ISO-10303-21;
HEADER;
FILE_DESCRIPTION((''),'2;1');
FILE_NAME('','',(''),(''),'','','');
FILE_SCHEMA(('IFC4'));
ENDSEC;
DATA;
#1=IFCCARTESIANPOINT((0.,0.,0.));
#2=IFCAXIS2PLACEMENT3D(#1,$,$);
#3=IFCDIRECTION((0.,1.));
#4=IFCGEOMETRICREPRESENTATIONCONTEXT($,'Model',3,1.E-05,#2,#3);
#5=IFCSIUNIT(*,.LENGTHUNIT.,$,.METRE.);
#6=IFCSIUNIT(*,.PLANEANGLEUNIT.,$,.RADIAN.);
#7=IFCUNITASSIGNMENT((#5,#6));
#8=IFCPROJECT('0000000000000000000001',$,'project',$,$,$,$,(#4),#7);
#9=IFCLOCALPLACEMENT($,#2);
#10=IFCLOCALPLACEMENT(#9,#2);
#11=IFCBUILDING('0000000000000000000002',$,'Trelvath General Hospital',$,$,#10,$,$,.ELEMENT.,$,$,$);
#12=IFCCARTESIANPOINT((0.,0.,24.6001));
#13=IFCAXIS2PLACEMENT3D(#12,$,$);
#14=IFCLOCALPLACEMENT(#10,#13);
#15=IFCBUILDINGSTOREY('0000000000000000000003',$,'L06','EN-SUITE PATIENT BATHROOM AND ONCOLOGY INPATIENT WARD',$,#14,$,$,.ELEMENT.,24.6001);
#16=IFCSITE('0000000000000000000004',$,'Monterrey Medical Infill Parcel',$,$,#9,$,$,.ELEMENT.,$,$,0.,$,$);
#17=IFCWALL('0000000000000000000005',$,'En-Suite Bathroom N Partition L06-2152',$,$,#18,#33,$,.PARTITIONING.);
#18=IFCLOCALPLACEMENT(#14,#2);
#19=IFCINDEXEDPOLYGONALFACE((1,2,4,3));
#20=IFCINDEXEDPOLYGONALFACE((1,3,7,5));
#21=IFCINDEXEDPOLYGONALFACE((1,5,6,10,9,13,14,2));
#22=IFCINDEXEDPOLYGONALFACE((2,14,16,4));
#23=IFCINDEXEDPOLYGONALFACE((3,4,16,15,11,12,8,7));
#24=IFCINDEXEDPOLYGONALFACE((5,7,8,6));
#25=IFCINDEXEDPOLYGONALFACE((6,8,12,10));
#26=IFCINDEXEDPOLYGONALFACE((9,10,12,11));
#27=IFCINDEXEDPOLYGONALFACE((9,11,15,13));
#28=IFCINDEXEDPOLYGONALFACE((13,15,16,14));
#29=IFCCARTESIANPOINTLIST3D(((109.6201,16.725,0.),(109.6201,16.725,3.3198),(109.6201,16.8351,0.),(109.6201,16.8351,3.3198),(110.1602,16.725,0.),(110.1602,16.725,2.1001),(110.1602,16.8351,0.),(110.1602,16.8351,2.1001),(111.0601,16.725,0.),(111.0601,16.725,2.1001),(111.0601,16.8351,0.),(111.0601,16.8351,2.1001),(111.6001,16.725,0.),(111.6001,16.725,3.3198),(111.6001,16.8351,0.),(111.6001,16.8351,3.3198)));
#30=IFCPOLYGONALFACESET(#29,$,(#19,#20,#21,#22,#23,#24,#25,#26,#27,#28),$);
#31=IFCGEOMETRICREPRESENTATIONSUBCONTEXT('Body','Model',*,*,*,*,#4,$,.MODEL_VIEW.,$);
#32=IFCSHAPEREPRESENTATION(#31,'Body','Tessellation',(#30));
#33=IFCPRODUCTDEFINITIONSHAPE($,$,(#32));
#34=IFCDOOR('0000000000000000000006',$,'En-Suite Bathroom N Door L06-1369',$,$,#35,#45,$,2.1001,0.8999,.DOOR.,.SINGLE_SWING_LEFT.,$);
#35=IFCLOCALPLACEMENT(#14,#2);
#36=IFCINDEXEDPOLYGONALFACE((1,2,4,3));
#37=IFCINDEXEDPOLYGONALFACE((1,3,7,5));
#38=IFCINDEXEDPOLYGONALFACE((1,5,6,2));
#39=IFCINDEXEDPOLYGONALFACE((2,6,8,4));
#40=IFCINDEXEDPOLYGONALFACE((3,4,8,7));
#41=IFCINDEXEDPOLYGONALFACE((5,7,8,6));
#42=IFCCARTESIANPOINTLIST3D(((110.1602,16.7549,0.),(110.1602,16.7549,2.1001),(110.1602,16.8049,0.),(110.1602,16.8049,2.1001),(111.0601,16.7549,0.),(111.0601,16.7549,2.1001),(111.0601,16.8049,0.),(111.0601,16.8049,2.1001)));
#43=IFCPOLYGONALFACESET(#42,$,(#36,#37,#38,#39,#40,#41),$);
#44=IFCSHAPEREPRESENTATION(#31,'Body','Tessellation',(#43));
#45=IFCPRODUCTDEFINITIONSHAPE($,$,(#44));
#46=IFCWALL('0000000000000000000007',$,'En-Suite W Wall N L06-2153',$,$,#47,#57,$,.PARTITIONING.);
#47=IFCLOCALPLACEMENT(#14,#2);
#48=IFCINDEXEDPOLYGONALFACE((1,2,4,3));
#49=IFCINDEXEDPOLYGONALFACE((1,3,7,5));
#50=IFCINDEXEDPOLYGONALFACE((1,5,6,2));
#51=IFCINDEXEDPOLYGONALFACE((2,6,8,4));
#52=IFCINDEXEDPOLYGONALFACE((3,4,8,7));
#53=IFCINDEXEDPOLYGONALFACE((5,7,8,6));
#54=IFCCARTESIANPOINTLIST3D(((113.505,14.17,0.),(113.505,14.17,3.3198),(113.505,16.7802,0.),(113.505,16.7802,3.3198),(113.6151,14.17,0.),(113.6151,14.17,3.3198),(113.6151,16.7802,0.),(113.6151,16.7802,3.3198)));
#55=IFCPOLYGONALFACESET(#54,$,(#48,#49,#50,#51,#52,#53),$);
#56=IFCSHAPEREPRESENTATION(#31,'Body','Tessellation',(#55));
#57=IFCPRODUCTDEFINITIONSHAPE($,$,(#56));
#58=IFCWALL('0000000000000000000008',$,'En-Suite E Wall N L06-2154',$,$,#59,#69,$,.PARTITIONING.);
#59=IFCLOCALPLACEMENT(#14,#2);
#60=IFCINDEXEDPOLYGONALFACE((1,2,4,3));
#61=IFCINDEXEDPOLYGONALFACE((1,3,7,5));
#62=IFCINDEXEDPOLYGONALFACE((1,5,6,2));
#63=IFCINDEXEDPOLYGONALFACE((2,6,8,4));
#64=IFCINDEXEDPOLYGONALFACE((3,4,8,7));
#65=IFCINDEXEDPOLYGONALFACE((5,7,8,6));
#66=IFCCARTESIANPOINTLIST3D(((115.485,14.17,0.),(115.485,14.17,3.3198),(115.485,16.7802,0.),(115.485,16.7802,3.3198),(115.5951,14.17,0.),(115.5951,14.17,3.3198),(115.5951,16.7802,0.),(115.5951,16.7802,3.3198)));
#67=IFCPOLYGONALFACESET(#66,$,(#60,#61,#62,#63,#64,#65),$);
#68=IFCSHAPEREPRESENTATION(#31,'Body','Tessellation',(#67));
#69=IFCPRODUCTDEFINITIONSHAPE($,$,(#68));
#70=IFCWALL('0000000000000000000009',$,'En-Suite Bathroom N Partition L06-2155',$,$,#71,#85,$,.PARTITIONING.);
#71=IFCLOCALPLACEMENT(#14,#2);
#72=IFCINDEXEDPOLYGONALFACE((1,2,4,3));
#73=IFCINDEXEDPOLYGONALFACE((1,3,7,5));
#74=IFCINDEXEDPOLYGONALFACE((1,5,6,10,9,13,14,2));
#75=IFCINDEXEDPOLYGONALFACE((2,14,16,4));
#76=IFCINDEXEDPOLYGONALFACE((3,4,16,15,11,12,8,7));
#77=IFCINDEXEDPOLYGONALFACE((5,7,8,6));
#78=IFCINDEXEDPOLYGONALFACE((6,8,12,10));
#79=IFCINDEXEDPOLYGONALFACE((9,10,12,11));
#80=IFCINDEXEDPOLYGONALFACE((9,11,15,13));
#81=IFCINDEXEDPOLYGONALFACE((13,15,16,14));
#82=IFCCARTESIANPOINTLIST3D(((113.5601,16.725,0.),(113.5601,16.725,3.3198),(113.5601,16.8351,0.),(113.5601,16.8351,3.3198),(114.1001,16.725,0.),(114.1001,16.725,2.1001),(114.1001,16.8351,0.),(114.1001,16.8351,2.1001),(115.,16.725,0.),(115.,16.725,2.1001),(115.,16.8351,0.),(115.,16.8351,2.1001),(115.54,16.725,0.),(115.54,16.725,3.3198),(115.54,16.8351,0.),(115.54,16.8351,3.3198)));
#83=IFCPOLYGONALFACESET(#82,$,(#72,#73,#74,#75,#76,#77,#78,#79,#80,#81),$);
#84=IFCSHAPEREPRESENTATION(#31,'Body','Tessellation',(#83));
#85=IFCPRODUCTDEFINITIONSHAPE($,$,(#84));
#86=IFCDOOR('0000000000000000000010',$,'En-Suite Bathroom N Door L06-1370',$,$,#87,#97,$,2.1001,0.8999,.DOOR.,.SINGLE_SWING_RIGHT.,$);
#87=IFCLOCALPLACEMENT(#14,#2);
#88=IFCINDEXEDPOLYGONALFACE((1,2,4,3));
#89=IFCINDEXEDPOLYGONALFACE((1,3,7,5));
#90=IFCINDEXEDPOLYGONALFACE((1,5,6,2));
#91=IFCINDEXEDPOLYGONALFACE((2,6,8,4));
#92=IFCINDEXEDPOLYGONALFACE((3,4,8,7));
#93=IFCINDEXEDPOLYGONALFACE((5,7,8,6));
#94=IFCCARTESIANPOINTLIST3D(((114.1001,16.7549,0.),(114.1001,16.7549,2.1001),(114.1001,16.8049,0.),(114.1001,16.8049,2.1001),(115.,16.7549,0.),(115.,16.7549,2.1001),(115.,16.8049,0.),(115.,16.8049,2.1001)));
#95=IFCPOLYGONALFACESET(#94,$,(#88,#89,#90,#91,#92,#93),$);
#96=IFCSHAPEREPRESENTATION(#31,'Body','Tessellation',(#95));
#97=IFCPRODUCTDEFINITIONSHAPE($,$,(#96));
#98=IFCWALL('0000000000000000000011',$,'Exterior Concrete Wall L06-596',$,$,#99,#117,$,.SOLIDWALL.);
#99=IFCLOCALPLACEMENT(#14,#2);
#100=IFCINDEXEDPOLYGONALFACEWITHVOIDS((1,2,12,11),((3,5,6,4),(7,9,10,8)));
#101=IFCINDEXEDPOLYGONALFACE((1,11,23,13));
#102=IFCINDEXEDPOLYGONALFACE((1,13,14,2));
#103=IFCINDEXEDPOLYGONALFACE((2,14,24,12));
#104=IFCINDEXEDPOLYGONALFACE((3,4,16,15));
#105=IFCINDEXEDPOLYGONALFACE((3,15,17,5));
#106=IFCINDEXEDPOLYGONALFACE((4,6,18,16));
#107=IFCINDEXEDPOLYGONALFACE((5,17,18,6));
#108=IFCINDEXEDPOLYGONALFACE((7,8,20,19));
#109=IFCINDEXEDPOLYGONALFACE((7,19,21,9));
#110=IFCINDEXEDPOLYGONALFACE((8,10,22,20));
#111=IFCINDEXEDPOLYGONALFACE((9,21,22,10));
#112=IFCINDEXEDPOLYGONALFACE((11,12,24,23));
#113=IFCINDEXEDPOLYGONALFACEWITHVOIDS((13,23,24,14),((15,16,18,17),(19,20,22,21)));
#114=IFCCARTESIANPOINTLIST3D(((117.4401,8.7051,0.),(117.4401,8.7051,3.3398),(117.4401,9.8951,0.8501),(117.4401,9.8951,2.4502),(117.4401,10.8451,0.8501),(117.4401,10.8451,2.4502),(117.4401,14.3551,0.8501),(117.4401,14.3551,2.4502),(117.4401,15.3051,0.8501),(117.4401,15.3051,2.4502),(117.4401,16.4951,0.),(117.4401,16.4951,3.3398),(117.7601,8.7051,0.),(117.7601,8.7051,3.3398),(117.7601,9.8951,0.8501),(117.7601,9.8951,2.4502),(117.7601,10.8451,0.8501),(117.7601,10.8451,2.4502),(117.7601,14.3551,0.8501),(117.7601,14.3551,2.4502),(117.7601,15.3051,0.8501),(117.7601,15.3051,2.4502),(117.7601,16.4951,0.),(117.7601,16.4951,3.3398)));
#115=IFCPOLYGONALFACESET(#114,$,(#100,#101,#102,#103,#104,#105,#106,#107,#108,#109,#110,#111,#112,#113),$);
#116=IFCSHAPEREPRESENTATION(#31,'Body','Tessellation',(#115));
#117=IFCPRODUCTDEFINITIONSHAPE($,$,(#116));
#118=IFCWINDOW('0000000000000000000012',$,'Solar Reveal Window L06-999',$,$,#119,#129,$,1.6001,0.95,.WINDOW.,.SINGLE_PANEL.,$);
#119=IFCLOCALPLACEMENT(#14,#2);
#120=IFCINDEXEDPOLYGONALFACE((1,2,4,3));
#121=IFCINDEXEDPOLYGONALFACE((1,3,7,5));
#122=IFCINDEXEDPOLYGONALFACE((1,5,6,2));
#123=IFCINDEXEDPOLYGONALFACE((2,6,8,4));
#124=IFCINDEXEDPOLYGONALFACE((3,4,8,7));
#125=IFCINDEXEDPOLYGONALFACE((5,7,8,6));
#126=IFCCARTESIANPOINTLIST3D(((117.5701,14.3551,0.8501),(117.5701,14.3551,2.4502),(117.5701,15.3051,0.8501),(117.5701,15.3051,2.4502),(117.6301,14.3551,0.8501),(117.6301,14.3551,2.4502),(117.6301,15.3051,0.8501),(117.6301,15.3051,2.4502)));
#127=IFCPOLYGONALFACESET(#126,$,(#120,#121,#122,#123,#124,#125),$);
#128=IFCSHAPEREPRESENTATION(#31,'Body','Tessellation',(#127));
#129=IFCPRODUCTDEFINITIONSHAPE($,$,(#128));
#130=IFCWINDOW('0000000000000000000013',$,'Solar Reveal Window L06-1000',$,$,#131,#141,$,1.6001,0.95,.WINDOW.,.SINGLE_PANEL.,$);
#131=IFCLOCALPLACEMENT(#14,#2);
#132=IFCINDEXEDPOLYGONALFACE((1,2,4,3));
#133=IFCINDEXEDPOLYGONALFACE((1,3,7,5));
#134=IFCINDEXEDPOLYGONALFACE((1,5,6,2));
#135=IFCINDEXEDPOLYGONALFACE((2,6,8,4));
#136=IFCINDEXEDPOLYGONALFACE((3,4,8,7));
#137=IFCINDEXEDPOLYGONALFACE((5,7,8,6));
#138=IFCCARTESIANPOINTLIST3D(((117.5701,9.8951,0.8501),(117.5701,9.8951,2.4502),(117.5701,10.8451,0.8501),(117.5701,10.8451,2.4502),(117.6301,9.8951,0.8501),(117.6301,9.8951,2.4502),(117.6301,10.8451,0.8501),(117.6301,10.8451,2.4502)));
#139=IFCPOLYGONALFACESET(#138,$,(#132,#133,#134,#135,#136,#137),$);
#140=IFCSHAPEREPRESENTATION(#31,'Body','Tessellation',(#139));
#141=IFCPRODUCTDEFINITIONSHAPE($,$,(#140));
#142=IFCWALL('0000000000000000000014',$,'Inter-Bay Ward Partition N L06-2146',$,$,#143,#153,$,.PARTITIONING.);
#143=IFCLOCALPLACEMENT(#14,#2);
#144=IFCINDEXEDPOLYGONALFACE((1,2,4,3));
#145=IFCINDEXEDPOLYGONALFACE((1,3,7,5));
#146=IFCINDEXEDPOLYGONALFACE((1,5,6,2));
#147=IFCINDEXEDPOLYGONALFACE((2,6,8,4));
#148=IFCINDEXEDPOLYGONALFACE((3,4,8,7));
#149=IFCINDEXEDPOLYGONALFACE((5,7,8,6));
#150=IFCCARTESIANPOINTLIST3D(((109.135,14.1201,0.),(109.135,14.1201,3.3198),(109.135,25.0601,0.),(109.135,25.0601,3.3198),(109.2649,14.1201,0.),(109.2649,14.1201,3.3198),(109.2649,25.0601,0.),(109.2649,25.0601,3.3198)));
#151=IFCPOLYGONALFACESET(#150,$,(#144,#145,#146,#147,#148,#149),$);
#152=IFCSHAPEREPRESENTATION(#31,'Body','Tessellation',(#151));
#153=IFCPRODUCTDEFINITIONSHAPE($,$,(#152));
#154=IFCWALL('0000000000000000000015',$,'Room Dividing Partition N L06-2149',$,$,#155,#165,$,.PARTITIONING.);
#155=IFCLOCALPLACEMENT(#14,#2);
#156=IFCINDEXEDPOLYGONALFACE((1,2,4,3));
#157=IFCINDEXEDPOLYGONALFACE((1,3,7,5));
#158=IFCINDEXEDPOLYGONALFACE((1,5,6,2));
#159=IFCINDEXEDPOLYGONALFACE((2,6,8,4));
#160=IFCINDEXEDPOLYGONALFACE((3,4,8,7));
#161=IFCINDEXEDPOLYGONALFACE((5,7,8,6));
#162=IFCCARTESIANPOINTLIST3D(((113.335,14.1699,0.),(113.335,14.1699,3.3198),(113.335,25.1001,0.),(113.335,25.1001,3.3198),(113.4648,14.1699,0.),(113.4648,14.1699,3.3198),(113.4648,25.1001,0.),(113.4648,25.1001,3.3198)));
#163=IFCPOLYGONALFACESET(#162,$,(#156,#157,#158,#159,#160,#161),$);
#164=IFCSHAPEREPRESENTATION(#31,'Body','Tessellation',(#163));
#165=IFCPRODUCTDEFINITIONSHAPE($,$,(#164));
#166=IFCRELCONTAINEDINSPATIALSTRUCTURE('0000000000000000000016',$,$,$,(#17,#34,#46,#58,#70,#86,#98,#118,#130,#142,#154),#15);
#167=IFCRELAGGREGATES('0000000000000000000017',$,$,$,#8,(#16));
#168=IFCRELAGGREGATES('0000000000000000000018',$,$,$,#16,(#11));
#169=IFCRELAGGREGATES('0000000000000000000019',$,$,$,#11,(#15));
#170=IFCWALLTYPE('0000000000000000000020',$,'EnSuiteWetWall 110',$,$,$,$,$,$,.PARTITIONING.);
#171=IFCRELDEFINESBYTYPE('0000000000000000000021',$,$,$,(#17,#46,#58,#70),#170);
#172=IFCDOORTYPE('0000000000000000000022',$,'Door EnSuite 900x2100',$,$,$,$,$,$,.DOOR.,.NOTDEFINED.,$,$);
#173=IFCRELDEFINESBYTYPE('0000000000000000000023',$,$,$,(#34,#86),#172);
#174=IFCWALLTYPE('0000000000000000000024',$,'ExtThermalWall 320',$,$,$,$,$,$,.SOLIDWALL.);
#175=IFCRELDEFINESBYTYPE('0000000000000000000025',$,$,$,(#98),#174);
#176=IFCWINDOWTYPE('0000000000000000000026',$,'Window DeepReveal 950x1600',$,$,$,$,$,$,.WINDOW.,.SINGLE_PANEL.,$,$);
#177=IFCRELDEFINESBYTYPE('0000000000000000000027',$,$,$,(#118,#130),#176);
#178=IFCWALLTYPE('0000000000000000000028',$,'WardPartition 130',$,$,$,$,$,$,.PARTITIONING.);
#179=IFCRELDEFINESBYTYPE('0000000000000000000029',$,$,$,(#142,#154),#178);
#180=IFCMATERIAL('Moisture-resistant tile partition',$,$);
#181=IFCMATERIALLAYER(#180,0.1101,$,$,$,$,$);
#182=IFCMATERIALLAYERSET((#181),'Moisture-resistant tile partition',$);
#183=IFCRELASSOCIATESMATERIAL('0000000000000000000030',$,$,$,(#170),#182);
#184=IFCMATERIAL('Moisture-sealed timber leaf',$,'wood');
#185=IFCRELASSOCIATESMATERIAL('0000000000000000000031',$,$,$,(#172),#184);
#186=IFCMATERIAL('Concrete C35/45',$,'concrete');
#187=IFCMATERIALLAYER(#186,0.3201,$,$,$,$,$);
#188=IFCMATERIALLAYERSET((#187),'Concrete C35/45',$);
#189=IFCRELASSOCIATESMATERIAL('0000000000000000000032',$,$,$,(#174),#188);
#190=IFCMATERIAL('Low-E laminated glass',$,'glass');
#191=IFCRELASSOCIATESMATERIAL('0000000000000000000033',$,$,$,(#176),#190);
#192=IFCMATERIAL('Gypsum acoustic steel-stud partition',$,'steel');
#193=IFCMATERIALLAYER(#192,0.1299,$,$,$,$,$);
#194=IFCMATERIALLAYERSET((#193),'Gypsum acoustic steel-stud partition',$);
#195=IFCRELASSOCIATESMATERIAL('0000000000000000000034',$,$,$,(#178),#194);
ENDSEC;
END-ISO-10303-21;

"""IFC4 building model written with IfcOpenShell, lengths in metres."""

from ifc_helpers import new_model, si_unit, direction, frame, frame_2d, origin, place, context, subcontext, project, spatial, rectangle, extrude, material, layer, layer_set, type_object, element, fill, save


model = new_model("IFC4")

# Units and contexts
model_context = context("Model", 3, precision=1e-05, world=origin(), true_north=direction((0.0, 1.0)))
body_context = subcontext(model_context, "Body", "Model", "MODEL_VIEW")
ifc_project = project(units=[si_unit("LENGTHUNIT", "METRE"), si_unit("PLANEANGLEUNIT", "RADIAN")], contexts=[model_context])

# Site, building, storey
site_placement = place(None, origin())
site = spatial("IfcSite", under=ifc_project, at=site_placement, Name="Monterrey Medical Infill Parcel", CompositionType="ELEMENT", RefElevation=0.0)
building_placement = place(site_placement, origin())
building = spatial("IfcBuilding", under=site, at=building_placement, Name="Trelvath General Hospital", CompositionType="ELEMENT")
storey_placement = place(building_placement, frame((0.0, 0.0, 24.6001)))
storey = spatial("IfcBuildingStorey", under=building, at=storey_placement, Name="L06", Description="EN-SUITE PATIENT BATHROOM AND ONCOLOGY INPATIENT WARD", CompositionType="ELEMENT", Elevation=24.6001)

# Shared definitions
ifc_material_1 = material(Name="Moisture-resistant tile partition")
ifc_layer_1 = layer(ifc_material_1, 0.1101)
ifc_layer_set_1 = layer_set([ifc_layer_1], Name="Moisture-resistant tile partition")
wall_type_1 = type_object("IfcWallType", Name="EnSuiteWetWall 110", PredefinedType="PARTITIONING", material=ifc_layer_set_1)

# Wall, opening, door
wall_1_placement = place(storey_placement, frame((109.6201, 16.78, 0.0), z_axis=(0.0, 0.0, 1.0), x_axis=(1.0, 0.0, 0.0)))
wall_1 = element("IfcWall", 1, at=wall_1_placement, inside=storey, type_object=wall_type_1, Name="En-Suite Bathroom N Partition L06-2152", PredefinedType="PARTITIONING", context=body_context, shape_type="SweptSolid", body=[
    extrude(rectangle(XDim=1.98, YDim=0.1101, at=frame_2d((0.99, 0.0))), origin(), (0.0, 0.0, 1.0), 3.3198),
])
opening_1_placement = place(wall_1_placement, frame((0.54, 0.0, 0.0)))
opening_1 = element("IfcOpeningElement", 2, at=opening_1_placement, cuts=wall_1, PredefinedType="OPENING", context=body_context, shape_type="SweptSolid", body=[
    extrude(rectangle(XDim=0.8999, YDim=2.1001, at=frame_2d((0.45, 1.05))), frame((0.0, 0.0649, 0.0), z_axis=(0.0, -1.0, 0.0), x_axis=(1.0, 0.0, 0.0)), (0.0, 0.0, 1.0), 0.1301),
])
ifc_material_2 = material(Name="Moisture-sealed timber leaf", Category="wood")
door_type_1 = type_object("IfcDoorType", Name="Door EnSuite 900x2100", OperationType="NOTDEFINED", PredefinedType="DOOR", material=ifc_material_2)
door_1_placement = place(opening_1_placement, origin())
door_1 = element("IfcDoor", 3, at=door_1_placement, inside=storey, type_object=door_type_1, Name="En-Suite Bathroom N Door L06-1369", OperationType="SINGLE_SWING_LEFT", OverallHeight=2.1001, OverallWidth=0.8999, PredefinedType="DOOR", context=body_context, shape_type="SweptSolid", body=[
    extrude(rectangle(XDim=0.8999, YDim=2.1001, at=frame_2d((0.45, 1.05))), frame((0.0, 0.0249, 0.0), z_axis=(0.0, -1.0, 0.0), x_axis=(1.0, 0.0, 0.0)), (0.0, 0.0, 1.0), 0.05),
])
fill(opening_1, door_1)

# Walls
for number, where, z_axis, x_axis, name in (
    (4, (113.5601, 14.1699, 0.0), (0.0, 0.0, 1.0), (0.0, 1.0, 0.0), "En-Suite W Wall N L06-2153"),
    (5, (115.54, 14.1699, 0.0), (0.0, 0.0, 1.0), (0.0, 1.0, 0.0), "En-Suite E Wall N L06-2154"),
):
    element("IfcWall", number, at=place(storey_placement, frame(where, z_axis=z_axis, x_axis=x_axis)), inside=storey, type_object=wall_type_1, Name=name, PredefinedType="PARTITIONING", context=body_context, shape_type="SweptSolid", body=[
        extrude(rectangle(XDim=2.6101, YDim=0.1101, at=frame_2d((1.3052, 0.0))), origin(), (0.0, 0.0, 1.0), 3.3198),
    ])

# Wall, opening, door
wall_2_placement = place(storey_placement, frame((113.5601, 16.78, 0.0), z_axis=(0.0, 0.0, 1.0), x_axis=(1.0, 0.0, 0.0)))
wall_2 = element("IfcWall", 6, at=wall_2_placement, inside=storey, type_object=wall_type_1, Name="En-Suite Bathroom N Partition L06-2155", PredefinedType="PARTITIONING", context=body_context, shape_type="SweptSolid", body=[
    extrude(rectangle(XDim=1.98, YDim=0.1101, at=frame_2d((0.99, 0.0))), origin(), (0.0, 0.0, 1.0), 3.3198),
])
opening_2_placement = place(wall_2_placement, frame((0.54, 0.0, 0.0)))
opening_2 = element("IfcOpeningElement", 7, at=opening_2_placement, cuts=wall_2, PredefinedType="OPENING", context=body_context, shape_type="SweptSolid", body=[
    extrude(rectangle(XDim=0.8999, YDim=2.1001, at=frame_2d((0.45, 1.05))), frame((0.0, 0.0649, 0.0), z_axis=(0.0, -1.0, 0.0), x_axis=(1.0, 0.0, 0.0)), (0.0, 0.0, 1.0), 0.1301),
])
door_2_placement = place(opening_2_placement, origin())
door_2 = element("IfcDoor", 8, at=door_2_placement, inside=storey, type_object=door_type_1, Name="En-Suite Bathroom N Door L06-1370", OperationType="SINGLE_SWING_RIGHT", OverallHeight=2.1001, OverallWidth=0.8999, PredefinedType="DOOR", context=body_context, shape_type="SweptSolid", body=[
    extrude(rectangle(XDim=0.8999, YDim=2.1001, at=frame_2d((0.45, 1.05))), frame((0.0, 0.0249, 0.0), z_axis=(0.0, -1.0, 0.0), x_axis=(1.0, 0.0, 0.0)), (0.0, 0.0, 1.0), 0.05),
])
fill(opening_2, door_2)

# Wall, openings, windows
ifc_material_3 = material(Name="Concrete C35/45", Category="concrete")
ifc_layer_2 = layer(ifc_material_3, 0.3201)
ifc_layer_set_2 = layer_set([ifc_layer_2], Name="Concrete C35/45")
wall_type_2 = type_object("IfcWallType", Name="ExtThermalWall 320", PredefinedType="SOLIDWALL", material=ifc_layer_set_2)
wall_3_placement = place(storey_placement, frame((117.6001, 16.4951, 0.0), z_axis=(0.0, 0.0, 1.0), x_axis=(0.0, -1.0, 0.0)))
wall_3 = element("IfcWall", 9, at=wall_3_placement, inside=storey, type_object=wall_type_2, Name="Exterior Concrete Wall L06-596", PredefinedType="SOLIDWALL", context=body_context, shape_type="SweptSolid", body=[
    extrude(rectangle(XDim=7.79, YDim=0.3201, at=frame_2d((3.895, 0.0))), origin(), (0.0, 0.0, 1.0), 3.3398),
])
opening_3_placement = place(wall_3_placement, frame((1.1899, 0.0, 0.8501)))
opening_3 = element("IfcOpeningElement", 10, at=opening_3_placement, cuts=wall_3, PredefinedType="OPENING", context=body_context, shape_type="SweptSolid", body=[
    extrude(rectangle(XDim=0.95, YDim=1.6001, at=frame_2d((0.4751, 0.8))), frame((0.0, 0.1699, 0.0), z_axis=(0.0, -1.0, 0.0), x_axis=(1.0, 0.0, 0.0)), (0.0, 0.0, 1.0), 0.3401),
])
opening_4_placement = place(wall_3_placement, frame((5.6499, 0.0, 0.8501)))
opening_4 = element("IfcOpeningElement", 11, at=opening_4_placement, cuts=wall_3, PredefinedType="OPENING", context=body_context, shape_type="SweptSolid", body=[
    extrude(rectangle(XDim=0.95, YDim=1.6001, at=frame_2d((0.4751, 0.8))), frame((0.0, 0.1699, 0.0), z_axis=(0.0, -1.0, 0.0), x_axis=(1.0, 0.0, 0.0)), (0.0, 0.0, 1.0), 0.3401),
])
ifc_material_4 = material(Name="Low-E laminated glass", Category="glass")
window_type = type_object("IfcWindowType", Name="Window DeepReveal 950x1600", PartitioningType="SINGLE_PANEL", PredefinedType="WINDOW", material=ifc_material_4)
window_1_placement = place(opening_3_placement, origin())
window_1 = element("IfcWindow", 12, at=window_1_placement, inside=storey, type_object=window_type, Name="Solar Reveal Window L06-999", OverallHeight=1.6001, OverallWidth=0.95, PartitioningType="SINGLE_PANEL", PredefinedType="WINDOW", context=body_context, shape_type="SweptSolid", body=[
    extrude(rectangle(XDim=0.95, YDim=1.6001, at=frame_2d((0.4751, 0.8))), frame((0.0, 0.03, 0.0), z_axis=(0.0, -1.0, 0.0), x_axis=(1.0, 0.0, 0.0)), (0.0, 0.0, 1.0), 0.0601),
])
fill(opening_3, window_1)
window_2_placement = place(opening_4_placement, origin())
window_2 = element("IfcWindow", 13, at=window_2_placement, inside=storey, type_object=window_type, Name="Solar Reveal Window L06-1000", OverallHeight=1.6001, OverallWidth=0.95, PartitioningType="SINGLE_PANEL", PredefinedType="WINDOW", context=body_context, shape_type="SweptSolid", body=[
    extrude(rectangle(XDim=0.95, YDim=1.6001, at=frame_2d((0.4751, 0.8))), frame((0.0, 0.03, 0.0), z_axis=(0.0, -1.0, 0.0), x_axis=(1.0, 0.0, 0.0)), (0.0, 0.0, 1.0), 0.0601),
])
fill(opening_4, window_2)

# Walls
ifc_material_5 = material(Name="Gypsum acoustic steel-stud partition", Category="steel")
ifc_layer_3 = layer(ifc_material_5, 0.1299)
ifc_layer_set_3 = layer_set([ifc_layer_3], Name="Gypsum acoustic steel-stud partition")
wall_type_3 = type_object("IfcWallType", Name="WardPartition 130", PredefinedType="PARTITIONING", material=ifc_layer_set_3)
wall_4_placement = place(storey_placement, frame((109.2, 14.1201, 0.0), z_axis=(0.0, 0.0, 1.0), x_axis=(0.0, 1.0, 0.0)))
element("IfcWall", 14, at=wall_4_placement, inside=storey, type_object=wall_type_3, Name="Inter-Bay Ward Partition N L06-2146", PredefinedType="PARTITIONING", context=body_context, shape_type="SweptSolid", body=[
    extrude(rectangle(XDim=10.9399, YDim=0.1299, at=frame_2d((5.47, 0.0))), origin(), (0.0, 0.0, 1.0), 3.3198),
])
wall_5_placement = place(storey_placement, frame((113.3999, 14.1699, 0.0), z_axis=(0.0, 0.0, 1.0), x_axis=(0.0, 1.0, 0.0)))
element("IfcWall", 15, at=wall_5_placement, inside=storey, type_object=wall_type_3, Name="Room Dividing Partition N L06-2149", PredefinedType="PARTITIONING", context=body_context, shape_type="SweptSolid", body=[
    extrude(rectangle(XDim=10.9302, YDim=0.1299, at=frame_2d((5.4651, 0.0))), origin(), (0.0, 0.0, 1.0), 3.3198),
])

save(model, "model.ifc")
